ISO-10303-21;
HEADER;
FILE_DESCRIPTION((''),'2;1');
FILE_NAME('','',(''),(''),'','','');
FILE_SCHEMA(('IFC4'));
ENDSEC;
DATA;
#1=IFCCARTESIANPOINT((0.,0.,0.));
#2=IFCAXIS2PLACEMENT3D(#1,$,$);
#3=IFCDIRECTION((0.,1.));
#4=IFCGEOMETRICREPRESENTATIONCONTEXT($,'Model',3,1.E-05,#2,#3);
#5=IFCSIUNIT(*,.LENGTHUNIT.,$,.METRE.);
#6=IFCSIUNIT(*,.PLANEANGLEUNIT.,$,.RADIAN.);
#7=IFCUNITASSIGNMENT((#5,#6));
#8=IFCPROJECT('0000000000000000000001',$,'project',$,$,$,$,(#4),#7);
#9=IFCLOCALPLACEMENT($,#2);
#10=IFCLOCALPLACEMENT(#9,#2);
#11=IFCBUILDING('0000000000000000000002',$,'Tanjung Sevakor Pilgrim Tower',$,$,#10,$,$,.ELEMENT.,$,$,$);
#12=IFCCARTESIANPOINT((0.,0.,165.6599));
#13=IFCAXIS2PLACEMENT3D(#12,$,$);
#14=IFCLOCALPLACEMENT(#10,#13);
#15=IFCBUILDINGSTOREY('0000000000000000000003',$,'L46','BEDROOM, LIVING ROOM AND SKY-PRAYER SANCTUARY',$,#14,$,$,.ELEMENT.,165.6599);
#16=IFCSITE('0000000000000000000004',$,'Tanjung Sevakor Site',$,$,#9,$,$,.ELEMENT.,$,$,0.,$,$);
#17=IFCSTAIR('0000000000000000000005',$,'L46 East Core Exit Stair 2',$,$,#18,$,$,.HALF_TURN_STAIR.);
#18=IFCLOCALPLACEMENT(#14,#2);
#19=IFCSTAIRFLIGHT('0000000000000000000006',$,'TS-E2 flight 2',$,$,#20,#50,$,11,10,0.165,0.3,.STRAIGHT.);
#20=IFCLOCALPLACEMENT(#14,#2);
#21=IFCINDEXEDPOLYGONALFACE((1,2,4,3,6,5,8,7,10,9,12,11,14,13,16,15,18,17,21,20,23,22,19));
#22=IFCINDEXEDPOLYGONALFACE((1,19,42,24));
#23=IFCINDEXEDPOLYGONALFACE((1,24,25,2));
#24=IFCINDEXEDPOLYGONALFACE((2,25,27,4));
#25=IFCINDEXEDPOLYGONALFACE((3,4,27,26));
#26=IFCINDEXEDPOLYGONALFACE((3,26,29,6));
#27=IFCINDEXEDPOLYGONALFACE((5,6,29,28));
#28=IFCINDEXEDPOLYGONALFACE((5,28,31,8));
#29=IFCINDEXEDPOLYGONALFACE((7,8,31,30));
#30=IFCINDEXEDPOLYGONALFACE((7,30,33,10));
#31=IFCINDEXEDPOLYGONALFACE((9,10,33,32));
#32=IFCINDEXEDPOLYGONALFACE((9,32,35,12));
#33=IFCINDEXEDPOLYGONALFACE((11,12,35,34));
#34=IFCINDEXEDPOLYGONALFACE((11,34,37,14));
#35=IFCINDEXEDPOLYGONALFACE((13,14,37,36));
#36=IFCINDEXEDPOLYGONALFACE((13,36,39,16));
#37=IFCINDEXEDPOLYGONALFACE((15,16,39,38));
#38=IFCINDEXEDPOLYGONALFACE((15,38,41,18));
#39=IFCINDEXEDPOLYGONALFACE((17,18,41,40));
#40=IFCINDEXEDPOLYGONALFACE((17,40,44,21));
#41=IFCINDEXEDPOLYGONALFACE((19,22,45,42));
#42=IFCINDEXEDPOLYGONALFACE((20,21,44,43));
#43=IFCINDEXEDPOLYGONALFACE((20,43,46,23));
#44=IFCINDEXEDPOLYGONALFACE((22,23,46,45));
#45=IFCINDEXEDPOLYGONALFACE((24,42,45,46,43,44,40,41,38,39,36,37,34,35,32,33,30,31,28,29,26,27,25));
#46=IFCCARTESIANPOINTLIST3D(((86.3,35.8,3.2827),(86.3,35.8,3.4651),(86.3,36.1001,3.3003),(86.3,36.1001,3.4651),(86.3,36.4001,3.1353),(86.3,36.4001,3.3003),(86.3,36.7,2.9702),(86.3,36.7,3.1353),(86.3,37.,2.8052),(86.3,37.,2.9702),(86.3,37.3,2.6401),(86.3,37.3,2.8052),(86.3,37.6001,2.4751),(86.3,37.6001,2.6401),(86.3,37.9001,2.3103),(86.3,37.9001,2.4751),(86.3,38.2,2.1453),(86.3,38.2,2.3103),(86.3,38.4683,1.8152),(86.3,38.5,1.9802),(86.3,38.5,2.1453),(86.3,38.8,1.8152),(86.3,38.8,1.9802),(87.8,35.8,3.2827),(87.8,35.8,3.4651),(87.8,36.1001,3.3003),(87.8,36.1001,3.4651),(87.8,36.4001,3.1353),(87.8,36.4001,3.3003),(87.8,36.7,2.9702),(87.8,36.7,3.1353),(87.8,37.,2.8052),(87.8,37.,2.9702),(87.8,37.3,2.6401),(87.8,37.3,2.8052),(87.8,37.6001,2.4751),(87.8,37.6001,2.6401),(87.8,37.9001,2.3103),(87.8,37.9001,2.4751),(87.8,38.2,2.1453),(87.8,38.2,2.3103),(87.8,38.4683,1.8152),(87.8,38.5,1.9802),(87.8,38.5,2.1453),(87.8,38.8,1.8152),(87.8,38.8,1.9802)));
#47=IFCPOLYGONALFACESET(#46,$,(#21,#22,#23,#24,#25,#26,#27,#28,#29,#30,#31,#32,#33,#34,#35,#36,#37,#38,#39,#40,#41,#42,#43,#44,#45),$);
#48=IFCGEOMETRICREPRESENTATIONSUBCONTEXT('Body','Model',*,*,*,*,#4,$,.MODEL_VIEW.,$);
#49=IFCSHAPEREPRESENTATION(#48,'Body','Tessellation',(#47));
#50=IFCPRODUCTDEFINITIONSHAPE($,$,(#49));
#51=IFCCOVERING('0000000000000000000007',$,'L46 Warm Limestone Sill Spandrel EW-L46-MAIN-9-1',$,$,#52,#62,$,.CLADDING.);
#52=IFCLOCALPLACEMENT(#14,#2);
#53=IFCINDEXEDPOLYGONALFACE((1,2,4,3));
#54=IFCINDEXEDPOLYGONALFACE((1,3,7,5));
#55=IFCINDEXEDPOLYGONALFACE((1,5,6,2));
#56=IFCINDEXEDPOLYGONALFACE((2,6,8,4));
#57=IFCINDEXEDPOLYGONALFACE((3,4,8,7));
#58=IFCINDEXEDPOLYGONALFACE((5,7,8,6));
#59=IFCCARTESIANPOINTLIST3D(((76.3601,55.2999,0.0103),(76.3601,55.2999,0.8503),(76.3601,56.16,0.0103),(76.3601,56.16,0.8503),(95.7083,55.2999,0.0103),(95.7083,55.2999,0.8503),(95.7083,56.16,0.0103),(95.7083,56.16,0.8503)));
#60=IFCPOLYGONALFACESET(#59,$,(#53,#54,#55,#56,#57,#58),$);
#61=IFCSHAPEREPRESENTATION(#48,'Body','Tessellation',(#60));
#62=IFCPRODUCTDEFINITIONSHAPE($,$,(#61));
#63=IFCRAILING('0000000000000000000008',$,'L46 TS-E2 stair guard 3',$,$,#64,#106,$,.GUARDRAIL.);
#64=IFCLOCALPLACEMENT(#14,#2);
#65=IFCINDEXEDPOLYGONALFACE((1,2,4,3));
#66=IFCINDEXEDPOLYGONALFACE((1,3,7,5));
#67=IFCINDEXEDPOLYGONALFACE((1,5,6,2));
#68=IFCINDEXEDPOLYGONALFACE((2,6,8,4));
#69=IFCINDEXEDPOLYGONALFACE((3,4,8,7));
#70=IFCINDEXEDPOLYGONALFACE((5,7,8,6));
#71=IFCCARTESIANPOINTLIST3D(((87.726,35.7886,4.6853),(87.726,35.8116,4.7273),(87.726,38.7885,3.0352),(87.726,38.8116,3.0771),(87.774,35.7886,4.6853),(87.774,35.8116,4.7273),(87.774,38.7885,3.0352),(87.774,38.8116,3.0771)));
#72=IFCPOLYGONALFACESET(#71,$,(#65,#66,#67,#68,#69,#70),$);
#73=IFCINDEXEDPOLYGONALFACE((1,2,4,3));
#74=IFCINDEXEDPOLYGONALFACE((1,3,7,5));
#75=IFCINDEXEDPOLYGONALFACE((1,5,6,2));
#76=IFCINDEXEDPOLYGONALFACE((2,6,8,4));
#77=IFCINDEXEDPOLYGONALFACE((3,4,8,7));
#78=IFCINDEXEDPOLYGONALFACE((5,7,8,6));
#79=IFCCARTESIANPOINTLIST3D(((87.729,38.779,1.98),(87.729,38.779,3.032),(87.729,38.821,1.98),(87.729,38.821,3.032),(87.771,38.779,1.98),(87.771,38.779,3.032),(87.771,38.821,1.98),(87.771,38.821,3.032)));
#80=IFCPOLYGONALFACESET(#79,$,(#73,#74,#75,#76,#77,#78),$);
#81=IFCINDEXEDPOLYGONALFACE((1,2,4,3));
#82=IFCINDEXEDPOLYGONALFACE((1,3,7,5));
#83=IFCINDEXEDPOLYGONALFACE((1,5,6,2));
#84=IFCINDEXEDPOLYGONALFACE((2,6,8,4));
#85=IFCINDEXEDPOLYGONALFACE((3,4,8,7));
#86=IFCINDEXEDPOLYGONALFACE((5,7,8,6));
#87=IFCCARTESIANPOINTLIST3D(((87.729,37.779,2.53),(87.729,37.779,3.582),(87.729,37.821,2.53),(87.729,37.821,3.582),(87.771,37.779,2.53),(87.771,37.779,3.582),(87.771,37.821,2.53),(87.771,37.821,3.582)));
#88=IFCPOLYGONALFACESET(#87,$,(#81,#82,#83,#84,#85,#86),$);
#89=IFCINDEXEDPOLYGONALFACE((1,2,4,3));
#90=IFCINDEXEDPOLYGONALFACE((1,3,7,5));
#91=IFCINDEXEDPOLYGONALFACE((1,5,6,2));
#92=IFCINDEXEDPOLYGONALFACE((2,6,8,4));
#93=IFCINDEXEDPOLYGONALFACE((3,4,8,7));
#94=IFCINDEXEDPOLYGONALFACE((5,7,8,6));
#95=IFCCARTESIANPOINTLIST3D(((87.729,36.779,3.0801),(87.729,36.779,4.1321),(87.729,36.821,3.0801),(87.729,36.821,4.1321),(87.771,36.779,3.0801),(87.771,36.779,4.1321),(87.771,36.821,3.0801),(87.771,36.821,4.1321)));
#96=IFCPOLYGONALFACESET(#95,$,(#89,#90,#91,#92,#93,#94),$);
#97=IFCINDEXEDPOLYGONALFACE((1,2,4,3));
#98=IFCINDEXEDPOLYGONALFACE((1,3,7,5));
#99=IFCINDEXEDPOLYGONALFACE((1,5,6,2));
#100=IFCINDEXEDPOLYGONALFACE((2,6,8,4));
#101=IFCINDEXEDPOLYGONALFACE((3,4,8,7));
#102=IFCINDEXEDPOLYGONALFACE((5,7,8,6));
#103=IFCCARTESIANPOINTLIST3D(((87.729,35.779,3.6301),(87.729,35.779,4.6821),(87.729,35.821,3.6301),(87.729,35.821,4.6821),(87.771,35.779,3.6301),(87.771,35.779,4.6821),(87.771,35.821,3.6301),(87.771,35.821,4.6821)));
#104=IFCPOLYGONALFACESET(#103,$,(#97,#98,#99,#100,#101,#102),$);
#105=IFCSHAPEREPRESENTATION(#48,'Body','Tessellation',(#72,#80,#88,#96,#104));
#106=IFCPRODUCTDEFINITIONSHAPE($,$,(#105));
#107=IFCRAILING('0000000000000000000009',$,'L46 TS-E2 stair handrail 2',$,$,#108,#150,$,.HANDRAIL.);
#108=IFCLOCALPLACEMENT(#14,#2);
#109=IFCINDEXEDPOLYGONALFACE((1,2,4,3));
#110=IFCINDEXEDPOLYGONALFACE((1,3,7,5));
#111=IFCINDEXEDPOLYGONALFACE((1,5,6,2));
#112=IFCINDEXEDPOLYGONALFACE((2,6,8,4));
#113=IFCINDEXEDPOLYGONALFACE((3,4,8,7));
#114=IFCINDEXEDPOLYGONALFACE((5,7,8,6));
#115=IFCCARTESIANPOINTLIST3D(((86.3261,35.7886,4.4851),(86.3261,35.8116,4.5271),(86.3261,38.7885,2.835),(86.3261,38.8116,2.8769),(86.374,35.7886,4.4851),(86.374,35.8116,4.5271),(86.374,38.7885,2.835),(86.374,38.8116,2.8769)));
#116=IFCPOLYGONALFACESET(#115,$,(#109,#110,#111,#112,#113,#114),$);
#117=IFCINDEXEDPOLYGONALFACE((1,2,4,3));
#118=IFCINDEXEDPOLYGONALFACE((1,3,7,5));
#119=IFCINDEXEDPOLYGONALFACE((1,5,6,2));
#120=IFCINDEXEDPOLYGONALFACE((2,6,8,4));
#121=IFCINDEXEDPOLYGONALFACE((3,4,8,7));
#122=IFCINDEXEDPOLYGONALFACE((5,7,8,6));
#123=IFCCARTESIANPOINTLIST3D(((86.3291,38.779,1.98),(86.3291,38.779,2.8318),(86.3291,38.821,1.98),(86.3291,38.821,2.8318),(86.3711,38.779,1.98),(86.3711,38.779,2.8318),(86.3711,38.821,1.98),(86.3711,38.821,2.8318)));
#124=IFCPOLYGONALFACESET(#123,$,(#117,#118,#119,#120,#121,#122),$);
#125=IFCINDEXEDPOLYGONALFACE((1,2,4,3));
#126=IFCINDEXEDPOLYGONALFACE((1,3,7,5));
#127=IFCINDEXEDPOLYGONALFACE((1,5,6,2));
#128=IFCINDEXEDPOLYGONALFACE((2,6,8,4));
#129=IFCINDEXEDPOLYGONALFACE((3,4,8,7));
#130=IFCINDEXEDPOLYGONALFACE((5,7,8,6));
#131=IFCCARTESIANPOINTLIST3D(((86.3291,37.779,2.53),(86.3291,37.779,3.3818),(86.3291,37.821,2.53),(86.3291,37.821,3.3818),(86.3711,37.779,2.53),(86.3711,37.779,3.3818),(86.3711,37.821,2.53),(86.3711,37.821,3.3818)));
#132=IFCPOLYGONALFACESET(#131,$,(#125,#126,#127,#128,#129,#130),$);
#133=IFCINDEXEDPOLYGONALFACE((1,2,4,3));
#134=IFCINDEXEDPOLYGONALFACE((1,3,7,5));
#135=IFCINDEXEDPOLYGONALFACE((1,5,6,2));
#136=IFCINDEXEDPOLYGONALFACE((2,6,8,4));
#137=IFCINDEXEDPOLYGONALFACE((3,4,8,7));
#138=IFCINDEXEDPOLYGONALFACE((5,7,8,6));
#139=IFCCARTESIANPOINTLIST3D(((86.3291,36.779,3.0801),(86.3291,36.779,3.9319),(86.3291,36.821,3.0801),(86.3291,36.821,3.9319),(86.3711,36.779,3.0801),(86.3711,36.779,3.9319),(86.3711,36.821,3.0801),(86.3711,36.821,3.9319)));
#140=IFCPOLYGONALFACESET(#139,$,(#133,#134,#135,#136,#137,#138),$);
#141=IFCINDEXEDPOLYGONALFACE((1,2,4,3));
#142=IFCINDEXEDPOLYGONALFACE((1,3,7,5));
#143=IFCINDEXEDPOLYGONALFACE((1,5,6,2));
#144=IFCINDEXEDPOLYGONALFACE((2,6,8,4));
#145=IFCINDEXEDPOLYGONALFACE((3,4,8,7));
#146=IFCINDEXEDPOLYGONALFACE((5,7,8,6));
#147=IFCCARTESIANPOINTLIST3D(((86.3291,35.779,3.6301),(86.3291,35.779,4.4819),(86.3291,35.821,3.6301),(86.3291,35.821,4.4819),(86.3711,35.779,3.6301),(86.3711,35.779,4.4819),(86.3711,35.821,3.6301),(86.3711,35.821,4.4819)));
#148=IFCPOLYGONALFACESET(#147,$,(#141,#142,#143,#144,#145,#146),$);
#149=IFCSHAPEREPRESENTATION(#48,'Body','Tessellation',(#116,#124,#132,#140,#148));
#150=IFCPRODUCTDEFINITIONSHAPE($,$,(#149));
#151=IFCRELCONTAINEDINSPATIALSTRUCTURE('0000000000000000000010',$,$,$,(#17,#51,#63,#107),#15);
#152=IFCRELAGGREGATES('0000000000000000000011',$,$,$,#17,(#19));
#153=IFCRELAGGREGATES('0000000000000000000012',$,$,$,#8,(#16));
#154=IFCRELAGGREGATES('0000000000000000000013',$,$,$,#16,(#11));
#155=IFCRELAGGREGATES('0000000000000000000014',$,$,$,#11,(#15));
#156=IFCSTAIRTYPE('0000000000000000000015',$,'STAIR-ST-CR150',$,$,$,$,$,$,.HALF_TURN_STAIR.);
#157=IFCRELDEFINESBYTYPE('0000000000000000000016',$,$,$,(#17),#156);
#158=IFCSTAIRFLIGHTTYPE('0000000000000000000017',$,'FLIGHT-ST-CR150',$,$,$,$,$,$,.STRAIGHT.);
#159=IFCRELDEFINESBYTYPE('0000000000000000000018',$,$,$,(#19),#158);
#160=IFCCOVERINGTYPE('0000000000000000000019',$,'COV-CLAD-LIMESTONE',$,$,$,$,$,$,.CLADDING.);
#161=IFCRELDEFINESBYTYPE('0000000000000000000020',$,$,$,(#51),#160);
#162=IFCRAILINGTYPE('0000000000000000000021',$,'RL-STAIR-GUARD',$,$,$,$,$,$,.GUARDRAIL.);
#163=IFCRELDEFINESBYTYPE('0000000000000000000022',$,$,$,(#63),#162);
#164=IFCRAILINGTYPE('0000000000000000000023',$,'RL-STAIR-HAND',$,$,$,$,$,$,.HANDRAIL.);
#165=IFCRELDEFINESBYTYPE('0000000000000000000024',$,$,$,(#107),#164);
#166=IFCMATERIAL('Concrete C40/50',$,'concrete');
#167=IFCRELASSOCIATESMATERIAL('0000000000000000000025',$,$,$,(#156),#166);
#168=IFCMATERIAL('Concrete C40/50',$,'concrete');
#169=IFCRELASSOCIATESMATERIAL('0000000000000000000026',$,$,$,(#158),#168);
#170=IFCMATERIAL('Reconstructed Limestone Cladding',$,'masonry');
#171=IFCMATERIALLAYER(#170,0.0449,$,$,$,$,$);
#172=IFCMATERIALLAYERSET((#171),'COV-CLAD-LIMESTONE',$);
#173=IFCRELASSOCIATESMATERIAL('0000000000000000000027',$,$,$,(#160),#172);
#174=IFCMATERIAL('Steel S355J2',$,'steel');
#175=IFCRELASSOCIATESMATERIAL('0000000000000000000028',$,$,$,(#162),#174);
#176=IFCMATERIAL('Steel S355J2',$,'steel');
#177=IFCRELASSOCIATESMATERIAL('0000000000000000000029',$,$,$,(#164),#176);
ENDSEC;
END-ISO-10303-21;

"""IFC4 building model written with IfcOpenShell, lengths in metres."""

from ifc_helpers import new_model, si_unit, direction, frame, origin, origin_2d, place, context, subcontext, project, spatial, polyline, rectangle, outline, extrude, material, layer, layer_set, type_object, element, aggregate, save


model = new_model("IFC4")

# Units and contexts
model_context = context("Model", 3, precision=1e-05, world=origin(), true_north=direction((0.0, 1.0)))
body_context = subcontext(model_context, "Body", "Model", "MODEL_VIEW")
ifc_project = project(units=[si_unit("LENGTHUNIT", "METRE"), si_unit("PLANEANGLEUNIT", "RADIAN")], contexts=[model_context])

# Site, building, storey
site_placement = place(None, origin())
site = spatial("IfcSite", under=ifc_project, at=site_placement, Name="Tanjung Sevakor Site", CompositionType="ELEMENT", RefElevation=0.0)
building_placement = place(site_placement, origin())
building = spatial("IfcBuilding", under=site, at=building_placement, Name="Tanjung Sevakor Pilgrim Tower", CompositionType="ELEMENT")
storey_placement = place(building_placement, frame((0.0, 0.0, 165.6599)))
storey = spatial("IfcBuildingStorey", under=building, at=storey_placement, Name="L46", Description="BEDROOM, LIVING ROOM AND SKY-PRAYER SANCTUARY", CompositionType="ELEMENT", Elevation=165.6599)

# Stair, stair flight
ifc_material_1 = material(Name="Concrete C40/50", Category="concrete")
stair_type = type_object("IfcStairType", Name="STAIR-ST-CR150", PredefinedType="HALF_TURN_STAIR", material=ifc_material_1)
stair_placement = place(storey_placement, origin())
stair = element("IfcStair", 1, at=stair_placement, inside=storey, type_object=stair_type, Name="L46 East Core Exit Stair 2", PredefinedType="HALF_TURN_STAIR")
ifc_material_2 = material(Name="Concrete C40/50", Category="concrete")
stair_flight_type = type_object("IfcStairFlightType", Name="FLIGHT-ST-CR150", PredefinedType="STRAIGHT", material=ifc_material_2)
stair_flight_placement = place(storey_placement, frame((87.05, 38.8, 1.8152), z_axis=(0.0, 0.0, 1.0), x_axis=(0.0, -1.0, 0.0)))
stair_flight = element("IfcStairFlight", 2, at=stair_flight_placement, type_object=stair_flight_type, Name="TS-E2 flight 2", NumberOfRisers=11, NumberOfTreads=10, PredefinedType="STRAIGHT", RiserHeight=0.165, TreadLength=0.3, context=body_context, shape_type="SweptSolid", body=[
    extrude(outline(polyline([(0.0, 0.0), (0.0, 0.165), (0.3, 0.165), (0.3, 0.3301), (0.6001, 0.3301), (0.6001, 0.4951), (0.8999, 0.4951), (0.8999, 0.6599), (1.2, 0.6599), (1.2, 0.825), (1.5, 0.825), (1.5, 0.99), (1.8, 0.99), (1.8, 1.155), (2.1001, 1.155), (2.1001, 1.3201), (2.3999, 1.3201), (2.3999, 1.4851), (2.7, 1.4851), (2.7, 1.6499), (3.0, 1.6499), (3.0, 1.8149), (3.0, 1.4675), (0.3318, 0.0), (0.0, 0.0)])), frame((0.0, 0.75, 0.0), z_axis=(0.0, -1.0, 0.0), x_axis=(1.0, 0.0, 0.0)), (0.0, 0.0, 1.0), 1.5),
])
aggregate(stair, [stair_flight])

# Covering
ifc_material_3 = material(Name="Reconstructed Limestone Cladding", Category="masonry")
ifc_layer_1 = layer(ifc_material_3, 0.0449)
ifc_layer_set_1 = layer_set([ifc_layer_1], Name="COV-CLAD-LIMESTONE")
covering_type = type_object("IfcCoveringType", Name="COV-CLAD-LIMESTONE", PredefinedType="CLADDING", material=ifc_layer_set_1)
covering_placement = place(storey_placement, frame((86.0342, 55.73, 0.0103), z_axis=(0.0, 0.0, 1.0), x_axis=(-1.0, 0.0, 0.0)))
element("IfcCovering", 3, at=covering_placement, inside=storey, type_object=covering_type, Name="L46 Warm Limestone Sill Spandrel EW-L46-MAIN-9-1", PredefinedType="CLADDING", context=body_context, shape_type="SweptSolid", body=[
    extrude(rectangle(XDim=19.3481, YDim=0.8601, at=origin_2d()), origin(), (0.0, 0.0, 1.0), 0.8401),
])

# Railings
ifc_material_4 = material(Name="Steel S355J2", Category="steel")
railing_type_1 = type_object("IfcRailingType", Name="RL-STAIR-GUARD", PredefinedType="GUARDRAIL", material=ifc_material_4)
railing_1_placement = place(storey_placement, frame((87.75, 38.8, 1.98)))
element("IfcRailing", 4, at=railing_1_placement, inside=storey, type_object=railing_type_1, Name="L46 TS-E2 stair guard 3", PredefinedType="GUARDRAIL", context=body_context, shape_type="SweptSolid", body=[
    extrude(rectangle(XDim=0.0479, YDim=0.0479), frame((0.0, 0.0, 1.0762), z_axis=(0.0, -0.876198, 0.481952), x_axis=(1.0, 0.0, 0.0)), (0.0, 0.0, 1.0), 3.4238),
    extrude(rectangle(XDim=0.042, YDim=0.042), origin(), (0.0, 0.0, 1.0), 1.052),
    extrude(rectangle(XDim=0.042, YDim=0.042), frame((0.0, -1.0, 0.55)), (0.0, 0.0, 1.0), 1.052),
    extrude(rectangle(XDim=0.042, YDim=0.042), frame((0.0, -2.0, 1.1001)), (0.0, 0.0, 1.0), 1.052),
    extrude(rectangle(XDim=0.042, YDim=0.042), frame((0.0, -3.0, 1.6501)), (0.0, 0.0, 1.0), 1.052),
])
ifc_material_5 = material(Name="Steel S355J2", Category="steel")
railing_type_2 = type_object("IfcRailingType", Name="RL-STAIR-HAND", PredefinedType="HANDRAIL", material=ifc_material_5)
railing_2_placement = place(storey_placement, frame((86.3501, 38.8, 1.98)))
element("IfcRailing", 5, at=railing_2_placement, inside=storey, type_object=railing_type_2, Name="L46 TS-E2 stair handrail 2", PredefinedType="HANDRAIL", context=body_context, shape_type="SweptSolid", body=[
    extrude(rectangle(XDim=0.0479, YDim=0.0479), frame((0.0, 0.0, 0.876), z_axis=(0.0, -0.876198, 0.481952), x_axis=(1.0, 0.0, 0.0)), (0.0, 0.0, 1.0), 3.4238),
    extrude(rectangle(XDim=0.042, YDim=0.042), origin(), (0.0, 0.0, 1.0), 0.8518),
    extrude(rectangle(XDim=0.042, YDim=0.042), frame((0.0, -1.0, 0.55)), (0.0, 0.0, 1.0), 0.8518),
    extrude(rectangle(XDim=0.042, YDim=0.042), frame((0.0, -2.0, 1.1001)), (0.0, 0.0, 1.0), 0.8518),
    extrude(rectangle(XDim=0.042, YDim=0.042), frame((0.0, -3.0, 1.6501)), (0.0, 0.0, 1.0), 0.8518),
])

save(model, "model.ifc")
